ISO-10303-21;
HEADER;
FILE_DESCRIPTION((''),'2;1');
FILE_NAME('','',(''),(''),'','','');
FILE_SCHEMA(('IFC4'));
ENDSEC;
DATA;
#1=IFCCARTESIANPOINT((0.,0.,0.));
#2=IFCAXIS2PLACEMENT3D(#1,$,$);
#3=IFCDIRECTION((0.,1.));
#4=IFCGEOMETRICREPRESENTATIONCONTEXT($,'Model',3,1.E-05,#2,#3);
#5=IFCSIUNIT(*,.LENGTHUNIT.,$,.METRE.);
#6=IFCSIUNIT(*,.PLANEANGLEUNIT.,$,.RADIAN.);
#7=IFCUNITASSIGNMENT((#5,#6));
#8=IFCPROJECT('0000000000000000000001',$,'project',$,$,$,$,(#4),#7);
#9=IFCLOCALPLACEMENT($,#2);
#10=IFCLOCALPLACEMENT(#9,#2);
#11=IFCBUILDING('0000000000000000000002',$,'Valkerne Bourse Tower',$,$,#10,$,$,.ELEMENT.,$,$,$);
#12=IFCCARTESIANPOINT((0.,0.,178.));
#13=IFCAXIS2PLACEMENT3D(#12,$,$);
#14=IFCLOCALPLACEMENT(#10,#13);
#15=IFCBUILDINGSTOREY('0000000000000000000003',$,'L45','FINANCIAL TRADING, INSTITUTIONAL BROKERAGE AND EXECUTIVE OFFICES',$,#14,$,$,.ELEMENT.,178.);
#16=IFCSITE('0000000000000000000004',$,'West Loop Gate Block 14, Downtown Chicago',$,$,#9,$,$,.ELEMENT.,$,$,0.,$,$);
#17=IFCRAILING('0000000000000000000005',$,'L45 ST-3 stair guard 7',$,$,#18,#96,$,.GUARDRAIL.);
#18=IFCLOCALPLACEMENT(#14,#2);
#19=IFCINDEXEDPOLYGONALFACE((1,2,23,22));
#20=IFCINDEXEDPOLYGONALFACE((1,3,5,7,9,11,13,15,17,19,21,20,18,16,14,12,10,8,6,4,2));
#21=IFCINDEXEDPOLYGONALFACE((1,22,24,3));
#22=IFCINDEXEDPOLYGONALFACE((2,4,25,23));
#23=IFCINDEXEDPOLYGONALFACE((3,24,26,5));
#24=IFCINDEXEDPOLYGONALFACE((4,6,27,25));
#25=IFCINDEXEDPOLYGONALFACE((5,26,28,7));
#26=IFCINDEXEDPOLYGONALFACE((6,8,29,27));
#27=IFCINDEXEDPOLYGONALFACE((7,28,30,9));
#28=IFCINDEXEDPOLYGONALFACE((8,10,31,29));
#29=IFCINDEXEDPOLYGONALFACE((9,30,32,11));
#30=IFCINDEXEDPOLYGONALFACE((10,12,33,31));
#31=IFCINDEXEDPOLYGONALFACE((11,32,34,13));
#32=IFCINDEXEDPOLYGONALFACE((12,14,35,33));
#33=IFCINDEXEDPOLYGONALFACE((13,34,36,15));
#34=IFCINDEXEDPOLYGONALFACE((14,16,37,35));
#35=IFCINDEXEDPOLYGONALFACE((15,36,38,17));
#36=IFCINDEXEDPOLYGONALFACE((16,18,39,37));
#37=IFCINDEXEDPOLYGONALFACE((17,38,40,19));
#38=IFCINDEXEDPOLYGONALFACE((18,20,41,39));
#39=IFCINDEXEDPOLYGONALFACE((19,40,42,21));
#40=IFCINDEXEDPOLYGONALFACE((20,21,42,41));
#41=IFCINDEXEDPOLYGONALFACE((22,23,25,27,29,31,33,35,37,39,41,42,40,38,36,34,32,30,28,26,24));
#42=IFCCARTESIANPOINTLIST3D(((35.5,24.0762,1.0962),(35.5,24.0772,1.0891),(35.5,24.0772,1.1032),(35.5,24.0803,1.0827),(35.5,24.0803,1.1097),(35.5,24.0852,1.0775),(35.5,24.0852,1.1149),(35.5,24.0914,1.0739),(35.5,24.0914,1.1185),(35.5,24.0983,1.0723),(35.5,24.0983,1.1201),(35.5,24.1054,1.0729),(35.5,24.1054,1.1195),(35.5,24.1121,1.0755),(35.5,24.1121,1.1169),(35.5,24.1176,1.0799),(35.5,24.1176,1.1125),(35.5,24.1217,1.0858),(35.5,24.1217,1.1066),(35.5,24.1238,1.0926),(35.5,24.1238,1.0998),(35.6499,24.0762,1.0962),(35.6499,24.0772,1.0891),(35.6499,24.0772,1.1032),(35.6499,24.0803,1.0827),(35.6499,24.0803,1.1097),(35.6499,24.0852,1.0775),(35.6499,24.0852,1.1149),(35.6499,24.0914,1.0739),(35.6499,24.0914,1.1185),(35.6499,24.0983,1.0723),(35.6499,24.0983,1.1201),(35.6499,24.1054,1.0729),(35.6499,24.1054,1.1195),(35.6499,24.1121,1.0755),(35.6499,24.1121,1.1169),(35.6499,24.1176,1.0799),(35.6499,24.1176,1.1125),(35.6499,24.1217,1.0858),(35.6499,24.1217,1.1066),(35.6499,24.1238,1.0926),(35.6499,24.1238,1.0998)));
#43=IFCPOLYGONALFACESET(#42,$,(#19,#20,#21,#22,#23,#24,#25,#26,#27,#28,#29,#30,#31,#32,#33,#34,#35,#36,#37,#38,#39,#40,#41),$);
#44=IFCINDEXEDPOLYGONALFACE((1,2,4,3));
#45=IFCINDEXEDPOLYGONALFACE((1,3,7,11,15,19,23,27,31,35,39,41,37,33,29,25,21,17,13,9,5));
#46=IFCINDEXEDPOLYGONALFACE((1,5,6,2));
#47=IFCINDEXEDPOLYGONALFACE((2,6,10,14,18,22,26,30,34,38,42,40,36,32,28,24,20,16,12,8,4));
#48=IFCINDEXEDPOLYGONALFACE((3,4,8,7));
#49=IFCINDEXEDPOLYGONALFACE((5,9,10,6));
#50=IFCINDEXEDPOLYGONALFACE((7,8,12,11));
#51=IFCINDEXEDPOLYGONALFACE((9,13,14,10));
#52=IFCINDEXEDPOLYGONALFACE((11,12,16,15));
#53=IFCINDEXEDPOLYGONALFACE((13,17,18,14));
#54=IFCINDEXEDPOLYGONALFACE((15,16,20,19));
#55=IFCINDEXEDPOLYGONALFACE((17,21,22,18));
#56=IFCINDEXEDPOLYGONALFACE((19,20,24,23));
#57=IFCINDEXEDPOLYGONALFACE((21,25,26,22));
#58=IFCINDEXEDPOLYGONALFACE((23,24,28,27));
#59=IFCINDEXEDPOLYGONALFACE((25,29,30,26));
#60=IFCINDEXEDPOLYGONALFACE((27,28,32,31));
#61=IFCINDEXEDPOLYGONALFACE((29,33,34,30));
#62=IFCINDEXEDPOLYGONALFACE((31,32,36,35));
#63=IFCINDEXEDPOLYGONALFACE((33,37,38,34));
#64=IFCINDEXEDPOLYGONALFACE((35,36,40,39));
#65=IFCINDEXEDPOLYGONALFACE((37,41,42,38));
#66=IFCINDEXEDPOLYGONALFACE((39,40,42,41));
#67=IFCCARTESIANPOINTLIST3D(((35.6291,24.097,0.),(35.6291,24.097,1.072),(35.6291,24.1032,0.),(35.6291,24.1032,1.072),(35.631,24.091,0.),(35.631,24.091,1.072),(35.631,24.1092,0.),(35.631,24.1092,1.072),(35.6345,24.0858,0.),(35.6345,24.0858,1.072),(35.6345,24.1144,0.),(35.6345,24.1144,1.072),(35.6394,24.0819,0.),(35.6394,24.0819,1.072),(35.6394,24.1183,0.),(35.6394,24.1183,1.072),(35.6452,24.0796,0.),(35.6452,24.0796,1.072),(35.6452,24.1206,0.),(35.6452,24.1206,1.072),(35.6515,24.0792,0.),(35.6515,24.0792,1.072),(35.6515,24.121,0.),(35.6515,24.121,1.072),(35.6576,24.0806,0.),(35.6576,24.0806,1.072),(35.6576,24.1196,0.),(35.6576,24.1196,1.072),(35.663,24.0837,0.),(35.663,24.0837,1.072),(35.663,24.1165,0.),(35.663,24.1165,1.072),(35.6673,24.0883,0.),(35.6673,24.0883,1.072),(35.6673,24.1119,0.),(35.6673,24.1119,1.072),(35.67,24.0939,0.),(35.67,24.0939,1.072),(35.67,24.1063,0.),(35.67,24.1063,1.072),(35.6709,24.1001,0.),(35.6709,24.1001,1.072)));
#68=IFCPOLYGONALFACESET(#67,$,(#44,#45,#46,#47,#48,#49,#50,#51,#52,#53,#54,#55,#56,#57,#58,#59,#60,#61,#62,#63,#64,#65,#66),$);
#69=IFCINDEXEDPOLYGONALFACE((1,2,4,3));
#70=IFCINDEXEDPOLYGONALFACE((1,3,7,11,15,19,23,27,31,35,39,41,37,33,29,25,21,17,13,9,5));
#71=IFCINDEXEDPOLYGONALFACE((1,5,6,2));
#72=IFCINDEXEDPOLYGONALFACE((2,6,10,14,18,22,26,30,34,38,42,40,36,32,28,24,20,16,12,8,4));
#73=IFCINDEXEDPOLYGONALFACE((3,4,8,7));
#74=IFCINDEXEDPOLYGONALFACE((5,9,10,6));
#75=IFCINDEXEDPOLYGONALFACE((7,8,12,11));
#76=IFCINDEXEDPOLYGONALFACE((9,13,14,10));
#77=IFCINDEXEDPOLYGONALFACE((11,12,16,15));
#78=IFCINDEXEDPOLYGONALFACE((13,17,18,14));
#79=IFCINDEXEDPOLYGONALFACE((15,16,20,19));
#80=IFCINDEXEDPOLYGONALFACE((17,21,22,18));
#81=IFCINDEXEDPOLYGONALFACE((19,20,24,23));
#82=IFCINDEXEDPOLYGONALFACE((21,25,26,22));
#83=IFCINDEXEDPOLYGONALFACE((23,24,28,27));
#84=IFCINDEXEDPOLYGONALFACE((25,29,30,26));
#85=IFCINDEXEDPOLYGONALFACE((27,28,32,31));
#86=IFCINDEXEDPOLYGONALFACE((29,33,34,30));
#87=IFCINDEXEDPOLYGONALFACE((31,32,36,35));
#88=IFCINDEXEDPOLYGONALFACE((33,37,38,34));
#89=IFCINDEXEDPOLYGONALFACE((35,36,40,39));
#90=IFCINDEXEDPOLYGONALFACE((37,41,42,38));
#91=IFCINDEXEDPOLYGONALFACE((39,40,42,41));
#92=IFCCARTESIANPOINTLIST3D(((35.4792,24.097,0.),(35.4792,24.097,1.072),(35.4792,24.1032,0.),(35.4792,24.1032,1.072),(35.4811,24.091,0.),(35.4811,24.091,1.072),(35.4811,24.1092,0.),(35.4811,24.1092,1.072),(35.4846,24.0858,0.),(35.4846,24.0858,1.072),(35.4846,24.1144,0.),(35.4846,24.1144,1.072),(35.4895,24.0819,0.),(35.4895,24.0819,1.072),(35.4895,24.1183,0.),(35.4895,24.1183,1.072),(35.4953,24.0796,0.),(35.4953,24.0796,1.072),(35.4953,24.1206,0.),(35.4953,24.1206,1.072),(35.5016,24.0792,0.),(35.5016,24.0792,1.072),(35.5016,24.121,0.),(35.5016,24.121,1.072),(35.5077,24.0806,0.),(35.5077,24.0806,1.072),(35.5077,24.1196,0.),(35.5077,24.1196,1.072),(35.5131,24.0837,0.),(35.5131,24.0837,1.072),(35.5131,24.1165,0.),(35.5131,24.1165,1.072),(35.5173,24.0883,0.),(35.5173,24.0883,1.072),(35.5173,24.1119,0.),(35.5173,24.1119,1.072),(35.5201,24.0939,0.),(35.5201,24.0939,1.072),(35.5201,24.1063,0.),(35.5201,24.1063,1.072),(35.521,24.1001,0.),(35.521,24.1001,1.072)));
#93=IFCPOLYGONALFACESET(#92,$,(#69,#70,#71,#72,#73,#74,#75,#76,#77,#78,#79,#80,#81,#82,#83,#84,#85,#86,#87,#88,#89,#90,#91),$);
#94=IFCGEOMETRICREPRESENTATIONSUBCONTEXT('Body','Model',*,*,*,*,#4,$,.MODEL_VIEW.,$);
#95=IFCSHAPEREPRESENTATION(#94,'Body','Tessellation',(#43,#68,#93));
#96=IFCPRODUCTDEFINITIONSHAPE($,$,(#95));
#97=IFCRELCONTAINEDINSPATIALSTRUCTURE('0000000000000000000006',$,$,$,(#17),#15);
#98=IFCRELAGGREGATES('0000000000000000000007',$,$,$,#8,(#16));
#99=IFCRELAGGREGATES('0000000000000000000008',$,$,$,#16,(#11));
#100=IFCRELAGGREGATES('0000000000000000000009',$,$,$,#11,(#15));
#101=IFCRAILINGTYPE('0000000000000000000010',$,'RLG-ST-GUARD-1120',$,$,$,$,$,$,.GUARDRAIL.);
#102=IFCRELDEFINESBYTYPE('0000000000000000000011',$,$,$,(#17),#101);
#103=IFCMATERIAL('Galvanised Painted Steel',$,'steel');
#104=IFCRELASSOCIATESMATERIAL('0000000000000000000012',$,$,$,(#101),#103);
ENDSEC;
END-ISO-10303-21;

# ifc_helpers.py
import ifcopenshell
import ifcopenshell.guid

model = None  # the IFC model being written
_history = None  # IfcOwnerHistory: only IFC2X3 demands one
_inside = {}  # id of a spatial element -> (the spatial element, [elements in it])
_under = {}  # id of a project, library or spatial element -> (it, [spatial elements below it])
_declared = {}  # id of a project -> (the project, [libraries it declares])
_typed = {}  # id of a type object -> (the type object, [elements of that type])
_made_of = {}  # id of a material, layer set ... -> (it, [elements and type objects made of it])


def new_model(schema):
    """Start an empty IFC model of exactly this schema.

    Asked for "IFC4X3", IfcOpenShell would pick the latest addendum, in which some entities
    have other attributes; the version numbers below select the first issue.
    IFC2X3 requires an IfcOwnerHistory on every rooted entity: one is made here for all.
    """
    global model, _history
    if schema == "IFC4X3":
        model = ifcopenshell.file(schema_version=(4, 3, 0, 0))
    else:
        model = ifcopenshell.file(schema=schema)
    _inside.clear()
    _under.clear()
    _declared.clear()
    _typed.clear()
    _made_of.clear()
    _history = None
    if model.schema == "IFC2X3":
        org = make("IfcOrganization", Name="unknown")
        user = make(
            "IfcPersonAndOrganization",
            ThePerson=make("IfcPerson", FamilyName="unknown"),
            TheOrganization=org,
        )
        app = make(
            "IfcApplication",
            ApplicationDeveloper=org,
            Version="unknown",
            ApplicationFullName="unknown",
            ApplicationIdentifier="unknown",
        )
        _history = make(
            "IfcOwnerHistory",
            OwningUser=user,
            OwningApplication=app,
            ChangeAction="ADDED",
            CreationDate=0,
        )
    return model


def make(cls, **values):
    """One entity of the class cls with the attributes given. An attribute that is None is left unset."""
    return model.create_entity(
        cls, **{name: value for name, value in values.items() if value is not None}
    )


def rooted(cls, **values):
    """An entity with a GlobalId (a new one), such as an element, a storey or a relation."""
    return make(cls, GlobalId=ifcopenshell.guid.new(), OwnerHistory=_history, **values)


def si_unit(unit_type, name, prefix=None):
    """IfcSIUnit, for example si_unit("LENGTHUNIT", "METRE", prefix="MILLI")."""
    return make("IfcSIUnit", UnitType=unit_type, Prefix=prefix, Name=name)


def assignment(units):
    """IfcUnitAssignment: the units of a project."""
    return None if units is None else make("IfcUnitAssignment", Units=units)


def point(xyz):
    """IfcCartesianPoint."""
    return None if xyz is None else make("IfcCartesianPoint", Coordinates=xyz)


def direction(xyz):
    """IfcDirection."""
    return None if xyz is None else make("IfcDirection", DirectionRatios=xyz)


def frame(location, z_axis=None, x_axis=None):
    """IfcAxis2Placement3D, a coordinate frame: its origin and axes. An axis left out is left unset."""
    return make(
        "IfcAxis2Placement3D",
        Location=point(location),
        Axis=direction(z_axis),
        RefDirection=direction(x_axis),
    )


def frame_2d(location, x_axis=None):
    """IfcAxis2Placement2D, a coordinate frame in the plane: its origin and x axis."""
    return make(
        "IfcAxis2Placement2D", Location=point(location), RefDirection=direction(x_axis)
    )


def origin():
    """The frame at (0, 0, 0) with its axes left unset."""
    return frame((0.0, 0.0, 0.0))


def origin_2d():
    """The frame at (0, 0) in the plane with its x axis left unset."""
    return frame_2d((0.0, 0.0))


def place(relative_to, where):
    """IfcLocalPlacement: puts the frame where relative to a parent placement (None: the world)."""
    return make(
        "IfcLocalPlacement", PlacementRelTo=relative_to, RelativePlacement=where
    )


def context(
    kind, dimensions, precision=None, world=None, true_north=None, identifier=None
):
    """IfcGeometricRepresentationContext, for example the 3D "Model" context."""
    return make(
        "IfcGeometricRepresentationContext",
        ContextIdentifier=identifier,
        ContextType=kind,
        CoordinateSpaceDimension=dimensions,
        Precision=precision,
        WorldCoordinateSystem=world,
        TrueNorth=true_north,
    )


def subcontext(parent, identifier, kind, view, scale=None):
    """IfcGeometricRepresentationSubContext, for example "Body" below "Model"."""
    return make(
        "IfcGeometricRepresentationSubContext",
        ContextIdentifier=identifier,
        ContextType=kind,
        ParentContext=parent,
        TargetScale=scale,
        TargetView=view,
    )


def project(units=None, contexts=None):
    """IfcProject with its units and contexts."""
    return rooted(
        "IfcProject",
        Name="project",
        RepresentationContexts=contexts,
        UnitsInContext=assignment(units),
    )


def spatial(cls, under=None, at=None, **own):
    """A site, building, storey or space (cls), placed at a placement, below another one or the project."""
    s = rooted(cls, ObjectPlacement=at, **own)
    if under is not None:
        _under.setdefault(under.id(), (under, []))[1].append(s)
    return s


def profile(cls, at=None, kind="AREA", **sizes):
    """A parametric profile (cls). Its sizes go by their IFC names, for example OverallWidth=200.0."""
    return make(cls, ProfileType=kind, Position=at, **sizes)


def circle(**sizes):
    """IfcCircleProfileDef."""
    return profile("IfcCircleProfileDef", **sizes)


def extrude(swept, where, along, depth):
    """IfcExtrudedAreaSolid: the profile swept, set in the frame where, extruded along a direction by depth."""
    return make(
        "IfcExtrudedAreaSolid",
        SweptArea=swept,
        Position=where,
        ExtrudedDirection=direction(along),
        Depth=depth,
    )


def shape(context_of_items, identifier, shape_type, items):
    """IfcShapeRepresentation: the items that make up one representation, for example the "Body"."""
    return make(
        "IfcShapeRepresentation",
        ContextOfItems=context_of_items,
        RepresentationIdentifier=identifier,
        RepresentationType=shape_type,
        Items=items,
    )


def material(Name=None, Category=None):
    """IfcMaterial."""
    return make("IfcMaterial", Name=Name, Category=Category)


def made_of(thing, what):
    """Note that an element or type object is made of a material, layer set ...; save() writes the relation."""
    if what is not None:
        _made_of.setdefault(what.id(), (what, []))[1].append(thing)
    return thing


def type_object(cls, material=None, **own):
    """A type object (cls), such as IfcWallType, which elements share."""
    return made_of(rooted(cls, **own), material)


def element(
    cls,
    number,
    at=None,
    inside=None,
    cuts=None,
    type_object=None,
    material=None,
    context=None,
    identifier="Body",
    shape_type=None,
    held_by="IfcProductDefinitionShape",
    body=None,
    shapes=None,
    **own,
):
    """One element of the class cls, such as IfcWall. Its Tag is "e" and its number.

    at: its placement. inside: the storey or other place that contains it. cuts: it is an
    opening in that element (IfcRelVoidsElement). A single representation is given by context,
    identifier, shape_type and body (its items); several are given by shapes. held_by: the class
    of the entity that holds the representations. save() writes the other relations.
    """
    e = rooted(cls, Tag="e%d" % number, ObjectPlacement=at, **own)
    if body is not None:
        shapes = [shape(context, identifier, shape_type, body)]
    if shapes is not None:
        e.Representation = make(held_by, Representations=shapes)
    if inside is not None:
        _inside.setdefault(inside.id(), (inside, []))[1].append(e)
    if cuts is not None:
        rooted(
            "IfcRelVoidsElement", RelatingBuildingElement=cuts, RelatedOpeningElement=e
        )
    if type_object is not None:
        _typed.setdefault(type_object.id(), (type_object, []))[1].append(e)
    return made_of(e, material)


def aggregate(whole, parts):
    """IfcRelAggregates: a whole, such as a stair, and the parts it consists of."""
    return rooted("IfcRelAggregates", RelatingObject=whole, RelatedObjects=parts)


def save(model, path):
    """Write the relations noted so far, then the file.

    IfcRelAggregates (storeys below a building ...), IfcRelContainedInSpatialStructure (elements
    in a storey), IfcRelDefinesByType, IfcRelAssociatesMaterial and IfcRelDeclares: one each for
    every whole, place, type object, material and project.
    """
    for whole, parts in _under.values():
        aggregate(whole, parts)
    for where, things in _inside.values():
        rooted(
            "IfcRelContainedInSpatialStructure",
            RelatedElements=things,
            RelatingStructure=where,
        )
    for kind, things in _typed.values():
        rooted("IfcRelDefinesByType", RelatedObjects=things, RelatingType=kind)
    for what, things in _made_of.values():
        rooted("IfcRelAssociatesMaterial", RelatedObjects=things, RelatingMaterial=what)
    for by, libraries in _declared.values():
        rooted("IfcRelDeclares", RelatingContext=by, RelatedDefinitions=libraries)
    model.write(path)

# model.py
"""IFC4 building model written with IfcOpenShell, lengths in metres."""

from ifc_helpers import new_model, si_unit, direction, frame, origin, origin_2d, place, context, subcontext, project, spatial, circle, extrude, material, type_object, element, save


model = new_model("IFC4")

# Units and contexts
model_context = context("Model", 3, precision=1e-05, world=origin(), true_north=direction((0.0, 1.0)))
body_context = subcontext(model_context, "Body", "Model", "MODEL_VIEW")
ifc_project = project(units=[si_unit("LENGTHUNIT", "METRE"), si_unit("PLANEANGLEUNIT", "RADIAN")], contexts=[model_context])

# Site, building, storey
site_placement = place(None, origin())
site = spatial("IfcSite", under=ifc_project, at=site_placement, Name="West Loop Gate Block 14, Downtown Chicago", CompositionType="ELEMENT", RefElevation=0.0)
building_placement = place(site_placement, origin())
building = spatial("IfcBuilding", under=site, at=building_placement, Name="Valkerne Bourse Tower", CompositionType="ELEMENT")
storey_placement = place(building_placement, frame((0.0, 0.0, 178.0)))
storey = spatial("IfcBuildingStorey", under=building, at=storey_placement, Name="L45", Description="FINANCIAL TRADING, INSTITUTIONAL BROKERAGE AND EXECUTIVE OFFICES", CompositionType="ELEMENT", Elevation=178.0)

# Railing
ifc_material_1 = material(Name="Galvanised Painted Steel", Category="steel")
railing_type_1 = type_object("IfcRailingType", Name="RLG-ST-GUARD-1120", PredefinedType="GUARDRAIL", material=ifc_material_1)
railing_1_placement = place(storey_placement, frame((35.6499, 24.1001, 0.0)))
element("IfcRailing", 1, at=railing_1_placement, inside=storey, type_object=railing_type_1, Name="L45 ST-3 stair guard 7", PredefinedType="GUARDRAIL", context=body_context, shape_type="SweptSolid", body=[
    extrude(circle(Radius=0.0239, at=origin_2d()), frame((0.0, 0.0, 1.0962), z_axis=(-1.0, 0.0, 0.0), x_axis=(0.0, -1.0, 0.0)), (0.0, 0.0, 1.0), 0.1499),
    extrude(circle(Radius=0.021, at=origin_2d()), origin(), (0.0, 0.0, 1.0), 1.072),
    extrude(circle(Radius=0.021, at=origin_2d()), frame((-0.1499, 0.0, 0.0)), (0.0, 0.0, 1.0), 1.072),
])

save(model, "model.ifc")
